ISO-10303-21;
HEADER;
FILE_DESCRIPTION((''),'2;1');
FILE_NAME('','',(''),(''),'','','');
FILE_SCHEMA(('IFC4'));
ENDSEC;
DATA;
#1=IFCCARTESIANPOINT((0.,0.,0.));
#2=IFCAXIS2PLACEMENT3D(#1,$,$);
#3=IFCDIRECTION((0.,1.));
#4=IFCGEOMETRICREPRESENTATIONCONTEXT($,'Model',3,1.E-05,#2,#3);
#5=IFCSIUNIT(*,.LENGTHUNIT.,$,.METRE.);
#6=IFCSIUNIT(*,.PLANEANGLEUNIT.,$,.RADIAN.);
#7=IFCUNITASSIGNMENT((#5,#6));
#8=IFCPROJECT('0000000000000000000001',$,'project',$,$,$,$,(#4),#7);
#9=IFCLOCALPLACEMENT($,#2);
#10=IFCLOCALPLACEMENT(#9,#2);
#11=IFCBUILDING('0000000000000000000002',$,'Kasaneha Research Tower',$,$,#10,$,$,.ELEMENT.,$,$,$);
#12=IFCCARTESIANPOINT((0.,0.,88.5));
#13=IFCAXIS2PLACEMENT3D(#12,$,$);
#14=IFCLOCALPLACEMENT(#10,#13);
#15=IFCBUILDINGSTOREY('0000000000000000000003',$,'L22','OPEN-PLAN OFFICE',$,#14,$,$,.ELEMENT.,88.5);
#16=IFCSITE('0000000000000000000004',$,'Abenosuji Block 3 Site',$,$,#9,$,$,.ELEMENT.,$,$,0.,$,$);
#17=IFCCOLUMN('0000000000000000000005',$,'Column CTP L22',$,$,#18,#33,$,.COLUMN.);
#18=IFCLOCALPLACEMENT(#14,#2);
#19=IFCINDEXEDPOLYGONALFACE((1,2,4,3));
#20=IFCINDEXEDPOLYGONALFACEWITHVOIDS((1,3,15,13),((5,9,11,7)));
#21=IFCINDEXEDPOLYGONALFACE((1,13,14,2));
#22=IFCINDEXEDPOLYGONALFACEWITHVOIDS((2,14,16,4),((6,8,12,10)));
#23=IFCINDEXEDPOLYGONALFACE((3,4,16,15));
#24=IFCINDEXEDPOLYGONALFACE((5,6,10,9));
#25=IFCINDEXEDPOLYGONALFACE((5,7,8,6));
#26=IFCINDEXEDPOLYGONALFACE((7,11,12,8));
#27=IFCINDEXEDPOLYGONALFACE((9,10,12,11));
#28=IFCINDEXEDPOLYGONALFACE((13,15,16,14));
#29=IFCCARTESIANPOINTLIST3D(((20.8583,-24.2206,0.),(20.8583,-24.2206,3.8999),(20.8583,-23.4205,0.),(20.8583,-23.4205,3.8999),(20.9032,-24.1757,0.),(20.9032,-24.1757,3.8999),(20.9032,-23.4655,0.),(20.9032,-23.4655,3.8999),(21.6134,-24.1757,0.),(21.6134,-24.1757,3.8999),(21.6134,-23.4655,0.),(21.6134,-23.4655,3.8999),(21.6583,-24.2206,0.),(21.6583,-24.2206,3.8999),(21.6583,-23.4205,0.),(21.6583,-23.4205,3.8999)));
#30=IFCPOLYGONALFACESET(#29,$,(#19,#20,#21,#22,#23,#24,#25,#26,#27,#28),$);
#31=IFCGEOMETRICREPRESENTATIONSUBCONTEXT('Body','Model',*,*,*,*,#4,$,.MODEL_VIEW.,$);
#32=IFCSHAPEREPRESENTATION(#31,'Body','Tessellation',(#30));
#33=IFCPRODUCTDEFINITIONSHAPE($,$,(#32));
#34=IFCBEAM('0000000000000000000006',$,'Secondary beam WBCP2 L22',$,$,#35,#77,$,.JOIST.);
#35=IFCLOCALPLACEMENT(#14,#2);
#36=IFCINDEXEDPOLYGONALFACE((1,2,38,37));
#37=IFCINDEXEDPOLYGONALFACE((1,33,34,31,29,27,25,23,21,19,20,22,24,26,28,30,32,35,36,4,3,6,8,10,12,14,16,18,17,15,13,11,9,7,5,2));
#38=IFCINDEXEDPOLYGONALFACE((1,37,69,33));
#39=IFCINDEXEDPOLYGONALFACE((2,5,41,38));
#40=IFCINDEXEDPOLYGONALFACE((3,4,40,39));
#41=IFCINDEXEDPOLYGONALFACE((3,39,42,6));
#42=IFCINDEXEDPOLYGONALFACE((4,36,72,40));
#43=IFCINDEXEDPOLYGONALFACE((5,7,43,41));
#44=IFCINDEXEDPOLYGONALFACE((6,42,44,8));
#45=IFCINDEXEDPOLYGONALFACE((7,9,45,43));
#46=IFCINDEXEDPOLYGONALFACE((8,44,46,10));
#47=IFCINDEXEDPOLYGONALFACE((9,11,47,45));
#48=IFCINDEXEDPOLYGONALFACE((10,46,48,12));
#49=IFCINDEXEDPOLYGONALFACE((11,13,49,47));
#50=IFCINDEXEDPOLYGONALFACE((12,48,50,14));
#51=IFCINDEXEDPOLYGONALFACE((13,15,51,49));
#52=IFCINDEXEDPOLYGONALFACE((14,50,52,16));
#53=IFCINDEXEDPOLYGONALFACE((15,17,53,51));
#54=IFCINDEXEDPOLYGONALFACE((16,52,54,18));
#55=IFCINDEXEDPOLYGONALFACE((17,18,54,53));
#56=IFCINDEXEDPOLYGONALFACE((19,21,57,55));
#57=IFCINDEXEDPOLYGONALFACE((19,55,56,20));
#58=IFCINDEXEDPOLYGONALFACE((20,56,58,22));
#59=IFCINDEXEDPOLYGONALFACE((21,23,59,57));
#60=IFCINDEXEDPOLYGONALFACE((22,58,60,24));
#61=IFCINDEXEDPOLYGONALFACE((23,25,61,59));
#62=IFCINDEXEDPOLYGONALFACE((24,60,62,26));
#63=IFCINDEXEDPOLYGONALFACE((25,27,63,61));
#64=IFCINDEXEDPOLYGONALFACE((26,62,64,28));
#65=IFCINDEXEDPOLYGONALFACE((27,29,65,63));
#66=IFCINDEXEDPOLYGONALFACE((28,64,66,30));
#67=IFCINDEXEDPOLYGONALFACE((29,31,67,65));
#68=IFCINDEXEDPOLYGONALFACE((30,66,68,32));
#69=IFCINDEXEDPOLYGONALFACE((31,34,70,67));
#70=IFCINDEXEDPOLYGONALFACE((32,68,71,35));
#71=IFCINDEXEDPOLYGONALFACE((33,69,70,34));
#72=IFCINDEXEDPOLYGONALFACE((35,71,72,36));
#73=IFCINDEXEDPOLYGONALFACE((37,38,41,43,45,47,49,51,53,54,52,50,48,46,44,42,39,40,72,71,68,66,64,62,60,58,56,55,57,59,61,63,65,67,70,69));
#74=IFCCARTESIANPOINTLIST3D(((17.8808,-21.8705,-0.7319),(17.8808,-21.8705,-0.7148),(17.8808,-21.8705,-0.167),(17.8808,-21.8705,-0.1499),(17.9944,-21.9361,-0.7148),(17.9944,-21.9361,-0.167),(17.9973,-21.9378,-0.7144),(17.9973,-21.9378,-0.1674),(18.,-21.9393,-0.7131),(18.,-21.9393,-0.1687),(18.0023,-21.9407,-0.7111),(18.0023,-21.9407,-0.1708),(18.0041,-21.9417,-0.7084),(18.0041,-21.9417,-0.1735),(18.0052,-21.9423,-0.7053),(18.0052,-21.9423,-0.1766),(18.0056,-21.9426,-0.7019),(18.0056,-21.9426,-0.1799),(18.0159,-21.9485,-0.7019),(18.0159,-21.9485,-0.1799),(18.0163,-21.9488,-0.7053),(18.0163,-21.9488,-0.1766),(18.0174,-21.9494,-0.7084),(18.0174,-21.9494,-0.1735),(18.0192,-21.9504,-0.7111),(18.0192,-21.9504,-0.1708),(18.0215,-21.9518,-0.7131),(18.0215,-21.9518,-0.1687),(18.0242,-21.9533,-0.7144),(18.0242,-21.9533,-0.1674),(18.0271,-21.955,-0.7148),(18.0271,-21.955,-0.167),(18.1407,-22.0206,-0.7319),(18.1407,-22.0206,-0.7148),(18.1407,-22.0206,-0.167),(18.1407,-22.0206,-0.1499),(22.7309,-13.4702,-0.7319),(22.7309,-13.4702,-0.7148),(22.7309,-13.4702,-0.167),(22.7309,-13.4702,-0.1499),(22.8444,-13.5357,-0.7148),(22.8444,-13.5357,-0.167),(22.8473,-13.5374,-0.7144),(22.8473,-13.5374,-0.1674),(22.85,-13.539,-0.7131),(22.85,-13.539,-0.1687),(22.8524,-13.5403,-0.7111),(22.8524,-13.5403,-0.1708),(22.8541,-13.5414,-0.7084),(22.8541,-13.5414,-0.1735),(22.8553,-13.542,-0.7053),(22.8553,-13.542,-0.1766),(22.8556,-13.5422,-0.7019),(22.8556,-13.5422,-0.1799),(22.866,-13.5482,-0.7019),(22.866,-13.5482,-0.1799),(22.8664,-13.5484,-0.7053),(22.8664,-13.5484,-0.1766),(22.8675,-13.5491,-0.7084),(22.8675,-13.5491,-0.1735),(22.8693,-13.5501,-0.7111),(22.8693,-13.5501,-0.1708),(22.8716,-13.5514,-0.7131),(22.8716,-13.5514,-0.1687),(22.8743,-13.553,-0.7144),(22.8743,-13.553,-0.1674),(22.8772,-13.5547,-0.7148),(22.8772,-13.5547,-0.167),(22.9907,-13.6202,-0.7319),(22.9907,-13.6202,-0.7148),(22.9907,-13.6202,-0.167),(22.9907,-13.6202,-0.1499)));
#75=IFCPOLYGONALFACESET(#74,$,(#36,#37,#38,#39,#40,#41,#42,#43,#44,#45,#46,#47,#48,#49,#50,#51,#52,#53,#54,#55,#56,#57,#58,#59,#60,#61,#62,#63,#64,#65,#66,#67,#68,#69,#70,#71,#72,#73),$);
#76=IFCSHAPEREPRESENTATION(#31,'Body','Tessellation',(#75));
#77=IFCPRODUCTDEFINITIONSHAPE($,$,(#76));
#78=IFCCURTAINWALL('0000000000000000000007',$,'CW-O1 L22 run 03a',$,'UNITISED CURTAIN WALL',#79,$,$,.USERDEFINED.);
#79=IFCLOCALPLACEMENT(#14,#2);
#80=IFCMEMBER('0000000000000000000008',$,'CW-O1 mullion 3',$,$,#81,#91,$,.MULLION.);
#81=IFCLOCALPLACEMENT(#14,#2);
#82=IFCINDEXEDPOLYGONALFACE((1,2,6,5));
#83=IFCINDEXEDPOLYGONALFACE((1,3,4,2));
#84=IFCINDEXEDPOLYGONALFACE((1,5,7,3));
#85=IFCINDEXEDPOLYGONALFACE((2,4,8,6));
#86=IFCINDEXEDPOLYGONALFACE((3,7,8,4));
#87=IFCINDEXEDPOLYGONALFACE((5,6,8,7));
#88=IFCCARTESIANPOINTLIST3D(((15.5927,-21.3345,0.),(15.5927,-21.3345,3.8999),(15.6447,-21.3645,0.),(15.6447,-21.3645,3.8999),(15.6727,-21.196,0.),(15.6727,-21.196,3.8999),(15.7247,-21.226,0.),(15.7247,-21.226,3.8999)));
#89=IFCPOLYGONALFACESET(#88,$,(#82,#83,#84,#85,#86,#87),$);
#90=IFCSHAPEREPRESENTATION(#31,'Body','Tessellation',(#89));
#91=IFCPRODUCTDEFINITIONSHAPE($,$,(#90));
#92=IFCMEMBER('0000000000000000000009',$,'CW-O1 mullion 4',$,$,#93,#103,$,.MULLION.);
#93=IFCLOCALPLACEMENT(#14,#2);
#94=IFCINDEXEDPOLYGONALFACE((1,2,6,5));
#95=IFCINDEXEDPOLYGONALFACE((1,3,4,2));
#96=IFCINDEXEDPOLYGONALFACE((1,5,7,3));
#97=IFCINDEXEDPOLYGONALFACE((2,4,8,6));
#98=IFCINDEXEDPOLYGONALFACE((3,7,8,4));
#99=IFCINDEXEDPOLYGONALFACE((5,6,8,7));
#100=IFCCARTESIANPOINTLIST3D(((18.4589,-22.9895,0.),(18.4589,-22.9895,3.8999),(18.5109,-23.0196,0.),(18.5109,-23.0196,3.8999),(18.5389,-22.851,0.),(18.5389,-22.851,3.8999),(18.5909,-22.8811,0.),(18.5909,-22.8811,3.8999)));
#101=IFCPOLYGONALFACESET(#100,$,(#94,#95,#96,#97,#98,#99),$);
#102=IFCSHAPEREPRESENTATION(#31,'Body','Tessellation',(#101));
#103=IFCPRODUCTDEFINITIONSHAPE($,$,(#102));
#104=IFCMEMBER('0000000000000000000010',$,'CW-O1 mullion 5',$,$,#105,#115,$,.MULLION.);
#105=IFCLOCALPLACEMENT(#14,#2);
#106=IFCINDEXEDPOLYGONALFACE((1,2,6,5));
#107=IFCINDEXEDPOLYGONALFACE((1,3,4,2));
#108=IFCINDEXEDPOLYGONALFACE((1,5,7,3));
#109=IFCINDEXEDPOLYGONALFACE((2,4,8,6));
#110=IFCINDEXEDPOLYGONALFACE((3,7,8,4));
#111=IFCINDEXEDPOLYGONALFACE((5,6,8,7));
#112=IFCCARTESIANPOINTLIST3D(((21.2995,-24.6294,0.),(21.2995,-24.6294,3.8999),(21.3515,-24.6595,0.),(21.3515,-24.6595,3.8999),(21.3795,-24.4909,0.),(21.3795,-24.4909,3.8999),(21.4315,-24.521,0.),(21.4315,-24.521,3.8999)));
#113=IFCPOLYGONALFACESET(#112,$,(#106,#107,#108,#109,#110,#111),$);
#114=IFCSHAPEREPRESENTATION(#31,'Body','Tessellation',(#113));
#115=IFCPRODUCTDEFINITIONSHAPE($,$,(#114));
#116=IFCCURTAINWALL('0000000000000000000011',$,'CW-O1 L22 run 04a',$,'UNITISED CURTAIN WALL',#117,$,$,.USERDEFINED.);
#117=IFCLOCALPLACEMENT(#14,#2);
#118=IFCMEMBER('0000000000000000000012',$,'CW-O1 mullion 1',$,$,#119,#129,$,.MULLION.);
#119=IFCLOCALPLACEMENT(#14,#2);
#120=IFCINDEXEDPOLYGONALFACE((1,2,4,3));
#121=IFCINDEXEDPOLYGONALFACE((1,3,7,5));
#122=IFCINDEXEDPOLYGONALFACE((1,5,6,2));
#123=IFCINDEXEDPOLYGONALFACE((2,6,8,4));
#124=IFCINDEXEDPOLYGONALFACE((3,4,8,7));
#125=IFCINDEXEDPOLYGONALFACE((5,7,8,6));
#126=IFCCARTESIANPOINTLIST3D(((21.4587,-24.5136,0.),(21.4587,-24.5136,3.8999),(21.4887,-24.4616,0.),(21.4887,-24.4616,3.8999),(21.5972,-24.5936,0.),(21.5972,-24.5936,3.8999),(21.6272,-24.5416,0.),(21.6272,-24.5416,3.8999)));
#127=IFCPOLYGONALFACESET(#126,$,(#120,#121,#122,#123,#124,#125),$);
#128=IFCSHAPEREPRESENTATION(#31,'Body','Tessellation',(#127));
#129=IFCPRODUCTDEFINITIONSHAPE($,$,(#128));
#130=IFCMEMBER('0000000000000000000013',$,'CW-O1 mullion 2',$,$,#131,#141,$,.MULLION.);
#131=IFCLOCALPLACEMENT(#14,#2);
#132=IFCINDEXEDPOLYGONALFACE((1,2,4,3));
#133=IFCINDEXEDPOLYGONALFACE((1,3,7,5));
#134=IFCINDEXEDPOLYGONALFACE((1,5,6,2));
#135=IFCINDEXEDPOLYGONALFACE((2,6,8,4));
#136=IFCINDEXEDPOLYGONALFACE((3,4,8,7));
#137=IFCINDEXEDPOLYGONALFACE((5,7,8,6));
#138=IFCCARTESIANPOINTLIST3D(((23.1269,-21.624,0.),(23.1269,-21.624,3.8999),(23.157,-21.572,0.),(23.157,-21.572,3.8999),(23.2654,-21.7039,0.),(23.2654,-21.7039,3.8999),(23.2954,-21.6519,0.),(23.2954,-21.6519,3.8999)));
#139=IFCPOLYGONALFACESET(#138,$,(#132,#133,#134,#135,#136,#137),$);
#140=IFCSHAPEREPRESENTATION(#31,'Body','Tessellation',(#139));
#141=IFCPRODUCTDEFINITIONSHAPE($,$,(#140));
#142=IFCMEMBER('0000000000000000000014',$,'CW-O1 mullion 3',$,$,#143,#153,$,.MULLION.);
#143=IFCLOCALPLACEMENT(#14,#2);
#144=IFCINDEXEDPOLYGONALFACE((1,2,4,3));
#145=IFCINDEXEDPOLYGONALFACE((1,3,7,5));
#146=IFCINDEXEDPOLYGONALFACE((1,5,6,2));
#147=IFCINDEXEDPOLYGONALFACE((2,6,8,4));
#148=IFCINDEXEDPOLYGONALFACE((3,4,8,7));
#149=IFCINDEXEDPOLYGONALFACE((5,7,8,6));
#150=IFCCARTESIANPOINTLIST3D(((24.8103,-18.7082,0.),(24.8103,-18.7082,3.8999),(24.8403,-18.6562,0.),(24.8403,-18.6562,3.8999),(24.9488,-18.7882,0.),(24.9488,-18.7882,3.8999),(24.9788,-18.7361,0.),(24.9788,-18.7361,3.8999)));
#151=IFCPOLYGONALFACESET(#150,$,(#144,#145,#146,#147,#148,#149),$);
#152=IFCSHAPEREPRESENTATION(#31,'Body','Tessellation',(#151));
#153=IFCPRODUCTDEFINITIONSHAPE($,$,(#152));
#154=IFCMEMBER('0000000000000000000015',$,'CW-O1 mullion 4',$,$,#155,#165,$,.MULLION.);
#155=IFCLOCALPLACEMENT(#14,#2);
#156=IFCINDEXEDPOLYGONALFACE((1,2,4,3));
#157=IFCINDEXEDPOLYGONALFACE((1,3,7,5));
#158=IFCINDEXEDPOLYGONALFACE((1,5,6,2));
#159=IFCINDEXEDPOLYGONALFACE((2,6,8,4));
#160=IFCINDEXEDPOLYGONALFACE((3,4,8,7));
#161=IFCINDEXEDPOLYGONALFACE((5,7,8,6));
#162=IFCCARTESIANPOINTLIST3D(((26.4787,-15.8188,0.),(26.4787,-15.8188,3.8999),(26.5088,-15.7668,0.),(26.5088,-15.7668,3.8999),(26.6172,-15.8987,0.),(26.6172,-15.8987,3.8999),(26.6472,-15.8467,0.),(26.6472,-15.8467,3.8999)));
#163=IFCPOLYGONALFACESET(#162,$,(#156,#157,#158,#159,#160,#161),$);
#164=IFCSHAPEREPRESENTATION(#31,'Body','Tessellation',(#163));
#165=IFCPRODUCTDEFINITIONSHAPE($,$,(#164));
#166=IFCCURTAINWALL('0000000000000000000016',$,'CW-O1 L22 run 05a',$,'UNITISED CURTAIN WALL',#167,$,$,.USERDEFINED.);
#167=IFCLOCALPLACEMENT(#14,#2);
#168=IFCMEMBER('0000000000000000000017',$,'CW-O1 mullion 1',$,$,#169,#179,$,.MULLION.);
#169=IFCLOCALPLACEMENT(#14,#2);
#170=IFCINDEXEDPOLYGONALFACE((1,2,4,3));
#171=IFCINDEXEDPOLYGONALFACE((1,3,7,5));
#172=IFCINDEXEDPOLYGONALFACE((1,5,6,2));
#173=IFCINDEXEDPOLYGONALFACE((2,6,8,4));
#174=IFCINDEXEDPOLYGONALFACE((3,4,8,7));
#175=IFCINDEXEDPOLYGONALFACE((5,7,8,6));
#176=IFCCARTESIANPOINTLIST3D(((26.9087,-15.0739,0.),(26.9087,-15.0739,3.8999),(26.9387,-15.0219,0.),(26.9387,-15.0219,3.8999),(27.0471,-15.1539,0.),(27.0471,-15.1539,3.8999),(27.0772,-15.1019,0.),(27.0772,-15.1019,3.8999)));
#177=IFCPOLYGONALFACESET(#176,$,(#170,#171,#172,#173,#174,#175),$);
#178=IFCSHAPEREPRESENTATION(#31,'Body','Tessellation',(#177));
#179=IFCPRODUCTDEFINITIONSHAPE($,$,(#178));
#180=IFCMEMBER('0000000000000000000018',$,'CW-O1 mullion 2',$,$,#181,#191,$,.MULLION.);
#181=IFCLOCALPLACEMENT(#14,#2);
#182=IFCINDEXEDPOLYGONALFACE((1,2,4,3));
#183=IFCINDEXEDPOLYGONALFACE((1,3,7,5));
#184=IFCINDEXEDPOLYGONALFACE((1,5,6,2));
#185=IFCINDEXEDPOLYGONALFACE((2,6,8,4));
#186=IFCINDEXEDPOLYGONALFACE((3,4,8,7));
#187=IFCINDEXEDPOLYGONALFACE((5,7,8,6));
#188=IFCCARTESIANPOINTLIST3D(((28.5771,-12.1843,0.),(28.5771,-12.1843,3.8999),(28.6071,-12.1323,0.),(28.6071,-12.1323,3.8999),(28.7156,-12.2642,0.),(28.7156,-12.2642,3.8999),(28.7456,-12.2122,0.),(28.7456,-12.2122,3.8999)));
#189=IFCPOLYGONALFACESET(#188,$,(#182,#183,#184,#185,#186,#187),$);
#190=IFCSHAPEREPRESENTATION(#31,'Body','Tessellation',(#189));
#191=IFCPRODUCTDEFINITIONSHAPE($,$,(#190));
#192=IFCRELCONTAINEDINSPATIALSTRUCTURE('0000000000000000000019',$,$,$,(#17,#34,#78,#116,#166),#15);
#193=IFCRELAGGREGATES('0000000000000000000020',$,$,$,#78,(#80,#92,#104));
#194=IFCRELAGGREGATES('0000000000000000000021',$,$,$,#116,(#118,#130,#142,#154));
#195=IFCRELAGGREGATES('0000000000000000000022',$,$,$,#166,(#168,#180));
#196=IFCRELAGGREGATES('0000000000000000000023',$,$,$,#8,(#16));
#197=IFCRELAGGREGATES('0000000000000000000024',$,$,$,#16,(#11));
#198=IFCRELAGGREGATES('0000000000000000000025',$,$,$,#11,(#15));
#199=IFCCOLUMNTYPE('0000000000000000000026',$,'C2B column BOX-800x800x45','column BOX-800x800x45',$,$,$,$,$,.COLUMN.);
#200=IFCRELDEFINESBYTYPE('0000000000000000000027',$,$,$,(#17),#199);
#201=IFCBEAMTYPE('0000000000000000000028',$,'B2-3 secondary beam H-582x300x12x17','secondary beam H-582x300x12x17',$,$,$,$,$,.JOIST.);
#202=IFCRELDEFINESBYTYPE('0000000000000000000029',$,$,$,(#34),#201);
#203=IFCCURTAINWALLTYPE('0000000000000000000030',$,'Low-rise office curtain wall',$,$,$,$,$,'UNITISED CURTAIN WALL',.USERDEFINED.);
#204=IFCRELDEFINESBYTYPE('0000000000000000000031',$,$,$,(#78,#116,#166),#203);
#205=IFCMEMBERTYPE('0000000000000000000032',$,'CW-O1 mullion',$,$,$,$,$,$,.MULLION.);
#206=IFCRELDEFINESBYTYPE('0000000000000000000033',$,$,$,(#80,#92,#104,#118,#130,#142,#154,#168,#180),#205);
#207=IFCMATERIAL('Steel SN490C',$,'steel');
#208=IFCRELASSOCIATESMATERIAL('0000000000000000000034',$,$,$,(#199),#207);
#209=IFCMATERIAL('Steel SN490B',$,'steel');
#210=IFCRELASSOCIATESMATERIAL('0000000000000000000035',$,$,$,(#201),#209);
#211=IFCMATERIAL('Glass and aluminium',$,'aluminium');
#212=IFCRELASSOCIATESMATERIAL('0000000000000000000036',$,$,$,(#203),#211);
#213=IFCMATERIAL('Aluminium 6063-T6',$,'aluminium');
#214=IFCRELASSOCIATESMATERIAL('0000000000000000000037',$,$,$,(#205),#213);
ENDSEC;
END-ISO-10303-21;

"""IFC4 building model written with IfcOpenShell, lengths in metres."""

from ifc_helpers import new_model, si_unit, direction, frame, origin, origin_2d, place, context, subcontext, project, spatial, rectangle, hollow_rectangle, i_section, extrude, material, material_profile, profile_set, type_object, element, aggregate, save


model = new_model("IFC4")

# Units and contexts
model_context = context("Model", 3, precision=1e-05, world=origin(), true_north=direction((0.0, 1.0)))
body_context = subcontext(model_context, "Body", "Model", "MODEL_VIEW")
ifc_project = project(units=[si_unit("LENGTHUNIT", "METRE"), si_unit("PLANEANGLEUNIT", "RADIAN")], contexts=[model_context])

# Site, building, storey
site_placement = place(None, origin())
site = spatial("IfcSite", under=ifc_project, at=site_placement, Name="Abenosuji Block 3 Site", CompositionType="ELEMENT", RefElevation=0.0)
building_placement = place(site_placement, origin())
building = spatial("IfcBuilding", under=site, at=building_placement, Name="Kasaneha Research Tower", CompositionType="ELEMENT")
storey_placement = place(building_placement, frame((0.0, 0.0, 88.5)))
storey = spatial("IfcBuildingStorey", under=building, at=storey_placement, Name="L22", Description="OPEN-PLAN OFFICE", CompositionType="ELEMENT", Elevation=88.5)

# Column
ifc_material_1 = material(Name="Steel SN490C", Category="steel")
ifc_material_profile_1 = material_profile(ifc_material_1, hollow_rectangle(XDim=0.8, YDim=0.8, WallThickness=0.0449, at=origin_2d()), Name="BOX-800x800x45")
ifc_profile_set_1 = profile_set([ifc_material_profile_1], Name="Steel SN490C")
column_type = type_object("IfcColumnType", Name="C2B column BOX-800x800x45", Description="column BOX-800x800x45", PredefinedType="COLUMN", material=ifc_profile_set_1)
column_placement = place(storey_placement, frame((21.2583, -23.8206, 0.0), z_axis=(0.0, 0.0, 1.0), x_axis=(1.0, 0.0, 0.0)))
element("IfcColumn", 1, at=column_placement, inside=storey, type_object=column_type, Name="Column CTP L22", PredefinedType="COLUMN", context=body_context, shape_type="SweptSolid", body=[
    extrude(hollow_rectangle(XDim=0.8, YDim=0.8, WallThickness=0.0449, at=origin_2d()), origin(), (0.0, 0.0, 1.0), 3.8999),
])

# Beam
ifc_material_2 = material(Name="Steel SN490B", Category="steel")
ifc_material_profile_2 = material_profile(ifc_material_2, i_section(OverallWidth=0.3, OverallDepth=0.582, WebThickness=0.012, FlangeThickness=0.0171, FilletRadius=0.0129, at=origin_2d()), Name="H-582x300x12x17")
ifc_profile_set_2 = profile_set([ifc_material_profile_2], Name="Steel SN490B")
beam_type_1 = type_object("IfcBeamType", Name="B2-3 secondary beam H-582x300x12x17", Description="secondary beam H-582x300x12x17", PredefinedType="JOIST", material=ifc_profile_set_2)
beam_1_placement = place(storey_placement, frame((18.0107, -21.9456, -0.4409), z_axis=(0.50001, 0.86602, 0.0), x_axis=(-0.86602, 0.50001, 0.0)))
element("IfcBeam", 2, at=beam_1_placement, inside=storey, type_object=beam_type_1, Name="Secondary beam WBCP2 L22", PredefinedType="JOIST", context=body_context, shape_type="SweptSolid", body=[
    extrude(i_section(OverallWidth=0.3, OverallDepth=0.582, WebThickness=0.012, FlangeThickness=0.0171, FilletRadius=0.0129, at=origin_2d()), origin(), (0.0, 0.0, 1.0), 9.7),
])

# Curtain walls, members
ifc_material_3 = material(Name="Glass and aluminium", Category="aluminium")
curtain_wall_type = type_object("IfcCurtainWallType", Name="Low-rise office curtain wall", ElementType="UNITISED CURTAIN WALL", PredefinedType="USERDEFINED", material=ifc_material_3)
curtain_wall_1_placement = place(storey_placement, origin())
curtain_wall_1 = element("IfcCurtainWall", 3, at=curtain_wall_1_placement, inside=storey, type_object=curtain_wall_type, Name="CW-O1 L22 run 03a", ObjectType="UNITISED CURTAIN WALL", PredefinedType="USERDEFINED")
ifc_material_4 = material(Name="Aluminium 6063-T6", Category="aluminium")
ifc_material_profile_3 = material_profile(ifc_material_4, rectangle(XDim=0.0601, YDim=0.1599, at=origin_2d()), Name="CW-O1 mullion 60x160")
ifc_profile_set_3 = profile_set([ifc_material_profile_3], Name="Aluminium 6063-T6")
member_type_1 = type_object("IfcMemberType", Name="CW-O1 mullion", PredefinedType="MULLION", material=ifc_profile_set_3)
member_1_placement = place(storey_placement, frame((15.6587, -21.2803, 0.0), z_axis=(0.0, 0.0, 1.0), x_axis=(0.866025, -0.5, 0.0)))
member_1 = element("IfcMember", 4, at=member_1_placement, type_object=member_type_1, Name="CW-O1 mullion 3", PredefinedType="MULLION", context=body_context, shape_type="SweptSolid", body=[
    extrude(rectangle(XDim=0.0601, YDim=0.1599, at=origin_2d()), origin(), (0.0, 0.0, 1.0), 3.8999),
])
member_2_placement = place(storey_placement, frame((18.5249, -22.9353, 0.0), z_axis=(0.0, 0.0, 1.0), x_axis=(0.866025, -0.5, 0.0)))
member_2 = element("IfcMember", 5, at=member_2_placement, type_object=member_type_1, Name="CW-O1 mullion 4", PredefinedType="MULLION", context=body_context, shape_type="SweptSolid", body=[
    extrude(rectangle(XDim=0.0601, YDim=0.1599, at=origin_2d()), origin(), (0.0, 0.0, 1.0), 3.8999),
])
member_3_placement = place(storey_placement, frame((21.3655, -24.5752, 0.0), z_axis=(0.0, 0.0, 1.0), x_axis=(0.866025, -0.5, 0.0)))
member_3 = element("IfcMember", 6, at=member_3_placement, type_object=member_type_1, Name="CW-O1 mullion 5", PredefinedType="MULLION", context=body_context, shape_type="SweptSolid", body=[
    extrude(rectangle(XDim=0.0601, YDim=0.1599, at=origin_2d()), origin(), (0.0, 0.0, 1.0), 3.8999),
])
curtain_wall_2_placement = place(storey_placement, origin())
curtain_wall_2 = element("IfcCurtainWall", 7, at=curtain_wall_2_placement, inside=storey, type_object=curtain_wall_type, Name="CW-O1 L22 run 04a", ObjectType="UNITISED CURTAIN WALL", PredefinedType="USERDEFINED")
member_4_placement = place(storey_placement, frame((21.543, -24.5276, 0.0), z_axis=(0.0, 0.0, 1.0), x_axis=(0.5, 0.866025, 0.0)))
member_4 = element("IfcMember", 8, at=member_4_placement, type_object=member_type_1, Name="CW-O1 mullion 1", PredefinedType="MULLION", context=body_context, shape_type="SweptSolid", body=[
    extrude(rectangle(XDim=0.0601, YDim=0.1599, at=origin_2d()), origin(), (0.0, 0.0, 1.0), 3.8999),
])
member_5_placement = place(storey_placement, frame((23.2112, -21.6379, 0.0), z_axis=(0.0, 0.0, 1.0), x_axis=(0.5, 0.866025, 0.0)))
member_5 = element("IfcMember", 9, at=member_5_placement, type_object=member_type_1, Name="CW-O1 mullion 2", PredefinedType="MULLION", context=body_context, shape_type="SweptSolid", body=[
    extrude(rectangle(XDim=0.0601, YDim=0.1599, at=origin_2d()), origin(), (0.0, 0.0, 1.0), 3.8999),
])
member_6_placement = place(storey_placement, frame((24.8945, -18.7222, 0.0), z_axis=(0.0, 0.0, 1.0), x_axis=(0.5, 0.866025, 0.0)))
member_6 = element("IfcMember", 10, at=member_6_placement, type_object=member_type_1, Name="CW-O1 mullion 3", PredefinedType="MULLION", context=body_context, shape_type="SweptSolid", body=[
    extrude(rectangle(XDim=0.0601, YDim=0.1599, at=origin_2d()), origin(), (0.0, 0.0, 1.0), 3.8999),
])
member_7_placement = place(storey_placement, frame((26.563, -15.8328, 0.0), z_axis=(0.0, 0.0, 1.0), x_axis=(0.5, 0.866025, 0.0)))
member_7 = element("IfcMember", 11, at=member_7_placement, type_object=member_type_1, Name="CW-O1 mullion 4", PredefinedType="MULLION", context=body_context, shape_type="SweptSolid", body=[
    extrude(rectangle(XDim=0.0601, YDim=0.1599, at=origin_2d()), origin(), (0.0, 0.0, 1.0), 3.8999),
])
curtain_wall_3_placement = place(storey_placement, origin())
curtain_wall_3 = element("IfcCurtainWall", 12, at=curtain_wall_3_placement, inside=storey, type_object=curtain_wall_type, Name="CW-O1 L22 run 05a", ObjectType="UNITISED CURTAIN WALL", PredefinedType="USERDEFINED")
member_8_placement = place(storey_placement, frame((26.9929, -15.0879, 0.0), z_axis=(0.0, 0.0, 1.0), x_axis=(0.5, 0.866025, 0.0)))
member_8 = element("IfcMember", 13, at=member_8_placement, type_object=member_type_1, Name="CW-O1 mullion 1", PredefinedType="MULLION", context=body_context, shape_type="SweptSolid", body=[
    extrude(rectangle(XDim=0.0601, YDim=0.1599, at=origin_2d()), origin(), (0.0, 0.0, 1.0), 3.8999),
])
member_9_placement = place(storey_placement, frame((28.6614, -12.1982, 0.0), z_axis=(0.0, 0.0, 1.0), x_axis=(0.5, 0.866025, 0.0)))
member_9 = element("IfcMember", 14, at=member_9_placement, type_object=member_type_1, Name="CW-O1 mullion 2", PredefinedType="MULLION", context=body_context, shape_type="SweptSolid", body=[
    extrude(rectangle(XDim=0.0601, YDim=0.1599, at=origin_2d()), origin(), (0.0, 0.0, 1.0), 3.8999),
])

aggregate(curtain_wall_1, [member_1, member_2, member_3])
aggregate(curtain_wall_2, [member_4, member_5, member_6, member_7])
aggregate(curtain_wall_3, [member_8, member_9])

save(model, "model.ifc")
